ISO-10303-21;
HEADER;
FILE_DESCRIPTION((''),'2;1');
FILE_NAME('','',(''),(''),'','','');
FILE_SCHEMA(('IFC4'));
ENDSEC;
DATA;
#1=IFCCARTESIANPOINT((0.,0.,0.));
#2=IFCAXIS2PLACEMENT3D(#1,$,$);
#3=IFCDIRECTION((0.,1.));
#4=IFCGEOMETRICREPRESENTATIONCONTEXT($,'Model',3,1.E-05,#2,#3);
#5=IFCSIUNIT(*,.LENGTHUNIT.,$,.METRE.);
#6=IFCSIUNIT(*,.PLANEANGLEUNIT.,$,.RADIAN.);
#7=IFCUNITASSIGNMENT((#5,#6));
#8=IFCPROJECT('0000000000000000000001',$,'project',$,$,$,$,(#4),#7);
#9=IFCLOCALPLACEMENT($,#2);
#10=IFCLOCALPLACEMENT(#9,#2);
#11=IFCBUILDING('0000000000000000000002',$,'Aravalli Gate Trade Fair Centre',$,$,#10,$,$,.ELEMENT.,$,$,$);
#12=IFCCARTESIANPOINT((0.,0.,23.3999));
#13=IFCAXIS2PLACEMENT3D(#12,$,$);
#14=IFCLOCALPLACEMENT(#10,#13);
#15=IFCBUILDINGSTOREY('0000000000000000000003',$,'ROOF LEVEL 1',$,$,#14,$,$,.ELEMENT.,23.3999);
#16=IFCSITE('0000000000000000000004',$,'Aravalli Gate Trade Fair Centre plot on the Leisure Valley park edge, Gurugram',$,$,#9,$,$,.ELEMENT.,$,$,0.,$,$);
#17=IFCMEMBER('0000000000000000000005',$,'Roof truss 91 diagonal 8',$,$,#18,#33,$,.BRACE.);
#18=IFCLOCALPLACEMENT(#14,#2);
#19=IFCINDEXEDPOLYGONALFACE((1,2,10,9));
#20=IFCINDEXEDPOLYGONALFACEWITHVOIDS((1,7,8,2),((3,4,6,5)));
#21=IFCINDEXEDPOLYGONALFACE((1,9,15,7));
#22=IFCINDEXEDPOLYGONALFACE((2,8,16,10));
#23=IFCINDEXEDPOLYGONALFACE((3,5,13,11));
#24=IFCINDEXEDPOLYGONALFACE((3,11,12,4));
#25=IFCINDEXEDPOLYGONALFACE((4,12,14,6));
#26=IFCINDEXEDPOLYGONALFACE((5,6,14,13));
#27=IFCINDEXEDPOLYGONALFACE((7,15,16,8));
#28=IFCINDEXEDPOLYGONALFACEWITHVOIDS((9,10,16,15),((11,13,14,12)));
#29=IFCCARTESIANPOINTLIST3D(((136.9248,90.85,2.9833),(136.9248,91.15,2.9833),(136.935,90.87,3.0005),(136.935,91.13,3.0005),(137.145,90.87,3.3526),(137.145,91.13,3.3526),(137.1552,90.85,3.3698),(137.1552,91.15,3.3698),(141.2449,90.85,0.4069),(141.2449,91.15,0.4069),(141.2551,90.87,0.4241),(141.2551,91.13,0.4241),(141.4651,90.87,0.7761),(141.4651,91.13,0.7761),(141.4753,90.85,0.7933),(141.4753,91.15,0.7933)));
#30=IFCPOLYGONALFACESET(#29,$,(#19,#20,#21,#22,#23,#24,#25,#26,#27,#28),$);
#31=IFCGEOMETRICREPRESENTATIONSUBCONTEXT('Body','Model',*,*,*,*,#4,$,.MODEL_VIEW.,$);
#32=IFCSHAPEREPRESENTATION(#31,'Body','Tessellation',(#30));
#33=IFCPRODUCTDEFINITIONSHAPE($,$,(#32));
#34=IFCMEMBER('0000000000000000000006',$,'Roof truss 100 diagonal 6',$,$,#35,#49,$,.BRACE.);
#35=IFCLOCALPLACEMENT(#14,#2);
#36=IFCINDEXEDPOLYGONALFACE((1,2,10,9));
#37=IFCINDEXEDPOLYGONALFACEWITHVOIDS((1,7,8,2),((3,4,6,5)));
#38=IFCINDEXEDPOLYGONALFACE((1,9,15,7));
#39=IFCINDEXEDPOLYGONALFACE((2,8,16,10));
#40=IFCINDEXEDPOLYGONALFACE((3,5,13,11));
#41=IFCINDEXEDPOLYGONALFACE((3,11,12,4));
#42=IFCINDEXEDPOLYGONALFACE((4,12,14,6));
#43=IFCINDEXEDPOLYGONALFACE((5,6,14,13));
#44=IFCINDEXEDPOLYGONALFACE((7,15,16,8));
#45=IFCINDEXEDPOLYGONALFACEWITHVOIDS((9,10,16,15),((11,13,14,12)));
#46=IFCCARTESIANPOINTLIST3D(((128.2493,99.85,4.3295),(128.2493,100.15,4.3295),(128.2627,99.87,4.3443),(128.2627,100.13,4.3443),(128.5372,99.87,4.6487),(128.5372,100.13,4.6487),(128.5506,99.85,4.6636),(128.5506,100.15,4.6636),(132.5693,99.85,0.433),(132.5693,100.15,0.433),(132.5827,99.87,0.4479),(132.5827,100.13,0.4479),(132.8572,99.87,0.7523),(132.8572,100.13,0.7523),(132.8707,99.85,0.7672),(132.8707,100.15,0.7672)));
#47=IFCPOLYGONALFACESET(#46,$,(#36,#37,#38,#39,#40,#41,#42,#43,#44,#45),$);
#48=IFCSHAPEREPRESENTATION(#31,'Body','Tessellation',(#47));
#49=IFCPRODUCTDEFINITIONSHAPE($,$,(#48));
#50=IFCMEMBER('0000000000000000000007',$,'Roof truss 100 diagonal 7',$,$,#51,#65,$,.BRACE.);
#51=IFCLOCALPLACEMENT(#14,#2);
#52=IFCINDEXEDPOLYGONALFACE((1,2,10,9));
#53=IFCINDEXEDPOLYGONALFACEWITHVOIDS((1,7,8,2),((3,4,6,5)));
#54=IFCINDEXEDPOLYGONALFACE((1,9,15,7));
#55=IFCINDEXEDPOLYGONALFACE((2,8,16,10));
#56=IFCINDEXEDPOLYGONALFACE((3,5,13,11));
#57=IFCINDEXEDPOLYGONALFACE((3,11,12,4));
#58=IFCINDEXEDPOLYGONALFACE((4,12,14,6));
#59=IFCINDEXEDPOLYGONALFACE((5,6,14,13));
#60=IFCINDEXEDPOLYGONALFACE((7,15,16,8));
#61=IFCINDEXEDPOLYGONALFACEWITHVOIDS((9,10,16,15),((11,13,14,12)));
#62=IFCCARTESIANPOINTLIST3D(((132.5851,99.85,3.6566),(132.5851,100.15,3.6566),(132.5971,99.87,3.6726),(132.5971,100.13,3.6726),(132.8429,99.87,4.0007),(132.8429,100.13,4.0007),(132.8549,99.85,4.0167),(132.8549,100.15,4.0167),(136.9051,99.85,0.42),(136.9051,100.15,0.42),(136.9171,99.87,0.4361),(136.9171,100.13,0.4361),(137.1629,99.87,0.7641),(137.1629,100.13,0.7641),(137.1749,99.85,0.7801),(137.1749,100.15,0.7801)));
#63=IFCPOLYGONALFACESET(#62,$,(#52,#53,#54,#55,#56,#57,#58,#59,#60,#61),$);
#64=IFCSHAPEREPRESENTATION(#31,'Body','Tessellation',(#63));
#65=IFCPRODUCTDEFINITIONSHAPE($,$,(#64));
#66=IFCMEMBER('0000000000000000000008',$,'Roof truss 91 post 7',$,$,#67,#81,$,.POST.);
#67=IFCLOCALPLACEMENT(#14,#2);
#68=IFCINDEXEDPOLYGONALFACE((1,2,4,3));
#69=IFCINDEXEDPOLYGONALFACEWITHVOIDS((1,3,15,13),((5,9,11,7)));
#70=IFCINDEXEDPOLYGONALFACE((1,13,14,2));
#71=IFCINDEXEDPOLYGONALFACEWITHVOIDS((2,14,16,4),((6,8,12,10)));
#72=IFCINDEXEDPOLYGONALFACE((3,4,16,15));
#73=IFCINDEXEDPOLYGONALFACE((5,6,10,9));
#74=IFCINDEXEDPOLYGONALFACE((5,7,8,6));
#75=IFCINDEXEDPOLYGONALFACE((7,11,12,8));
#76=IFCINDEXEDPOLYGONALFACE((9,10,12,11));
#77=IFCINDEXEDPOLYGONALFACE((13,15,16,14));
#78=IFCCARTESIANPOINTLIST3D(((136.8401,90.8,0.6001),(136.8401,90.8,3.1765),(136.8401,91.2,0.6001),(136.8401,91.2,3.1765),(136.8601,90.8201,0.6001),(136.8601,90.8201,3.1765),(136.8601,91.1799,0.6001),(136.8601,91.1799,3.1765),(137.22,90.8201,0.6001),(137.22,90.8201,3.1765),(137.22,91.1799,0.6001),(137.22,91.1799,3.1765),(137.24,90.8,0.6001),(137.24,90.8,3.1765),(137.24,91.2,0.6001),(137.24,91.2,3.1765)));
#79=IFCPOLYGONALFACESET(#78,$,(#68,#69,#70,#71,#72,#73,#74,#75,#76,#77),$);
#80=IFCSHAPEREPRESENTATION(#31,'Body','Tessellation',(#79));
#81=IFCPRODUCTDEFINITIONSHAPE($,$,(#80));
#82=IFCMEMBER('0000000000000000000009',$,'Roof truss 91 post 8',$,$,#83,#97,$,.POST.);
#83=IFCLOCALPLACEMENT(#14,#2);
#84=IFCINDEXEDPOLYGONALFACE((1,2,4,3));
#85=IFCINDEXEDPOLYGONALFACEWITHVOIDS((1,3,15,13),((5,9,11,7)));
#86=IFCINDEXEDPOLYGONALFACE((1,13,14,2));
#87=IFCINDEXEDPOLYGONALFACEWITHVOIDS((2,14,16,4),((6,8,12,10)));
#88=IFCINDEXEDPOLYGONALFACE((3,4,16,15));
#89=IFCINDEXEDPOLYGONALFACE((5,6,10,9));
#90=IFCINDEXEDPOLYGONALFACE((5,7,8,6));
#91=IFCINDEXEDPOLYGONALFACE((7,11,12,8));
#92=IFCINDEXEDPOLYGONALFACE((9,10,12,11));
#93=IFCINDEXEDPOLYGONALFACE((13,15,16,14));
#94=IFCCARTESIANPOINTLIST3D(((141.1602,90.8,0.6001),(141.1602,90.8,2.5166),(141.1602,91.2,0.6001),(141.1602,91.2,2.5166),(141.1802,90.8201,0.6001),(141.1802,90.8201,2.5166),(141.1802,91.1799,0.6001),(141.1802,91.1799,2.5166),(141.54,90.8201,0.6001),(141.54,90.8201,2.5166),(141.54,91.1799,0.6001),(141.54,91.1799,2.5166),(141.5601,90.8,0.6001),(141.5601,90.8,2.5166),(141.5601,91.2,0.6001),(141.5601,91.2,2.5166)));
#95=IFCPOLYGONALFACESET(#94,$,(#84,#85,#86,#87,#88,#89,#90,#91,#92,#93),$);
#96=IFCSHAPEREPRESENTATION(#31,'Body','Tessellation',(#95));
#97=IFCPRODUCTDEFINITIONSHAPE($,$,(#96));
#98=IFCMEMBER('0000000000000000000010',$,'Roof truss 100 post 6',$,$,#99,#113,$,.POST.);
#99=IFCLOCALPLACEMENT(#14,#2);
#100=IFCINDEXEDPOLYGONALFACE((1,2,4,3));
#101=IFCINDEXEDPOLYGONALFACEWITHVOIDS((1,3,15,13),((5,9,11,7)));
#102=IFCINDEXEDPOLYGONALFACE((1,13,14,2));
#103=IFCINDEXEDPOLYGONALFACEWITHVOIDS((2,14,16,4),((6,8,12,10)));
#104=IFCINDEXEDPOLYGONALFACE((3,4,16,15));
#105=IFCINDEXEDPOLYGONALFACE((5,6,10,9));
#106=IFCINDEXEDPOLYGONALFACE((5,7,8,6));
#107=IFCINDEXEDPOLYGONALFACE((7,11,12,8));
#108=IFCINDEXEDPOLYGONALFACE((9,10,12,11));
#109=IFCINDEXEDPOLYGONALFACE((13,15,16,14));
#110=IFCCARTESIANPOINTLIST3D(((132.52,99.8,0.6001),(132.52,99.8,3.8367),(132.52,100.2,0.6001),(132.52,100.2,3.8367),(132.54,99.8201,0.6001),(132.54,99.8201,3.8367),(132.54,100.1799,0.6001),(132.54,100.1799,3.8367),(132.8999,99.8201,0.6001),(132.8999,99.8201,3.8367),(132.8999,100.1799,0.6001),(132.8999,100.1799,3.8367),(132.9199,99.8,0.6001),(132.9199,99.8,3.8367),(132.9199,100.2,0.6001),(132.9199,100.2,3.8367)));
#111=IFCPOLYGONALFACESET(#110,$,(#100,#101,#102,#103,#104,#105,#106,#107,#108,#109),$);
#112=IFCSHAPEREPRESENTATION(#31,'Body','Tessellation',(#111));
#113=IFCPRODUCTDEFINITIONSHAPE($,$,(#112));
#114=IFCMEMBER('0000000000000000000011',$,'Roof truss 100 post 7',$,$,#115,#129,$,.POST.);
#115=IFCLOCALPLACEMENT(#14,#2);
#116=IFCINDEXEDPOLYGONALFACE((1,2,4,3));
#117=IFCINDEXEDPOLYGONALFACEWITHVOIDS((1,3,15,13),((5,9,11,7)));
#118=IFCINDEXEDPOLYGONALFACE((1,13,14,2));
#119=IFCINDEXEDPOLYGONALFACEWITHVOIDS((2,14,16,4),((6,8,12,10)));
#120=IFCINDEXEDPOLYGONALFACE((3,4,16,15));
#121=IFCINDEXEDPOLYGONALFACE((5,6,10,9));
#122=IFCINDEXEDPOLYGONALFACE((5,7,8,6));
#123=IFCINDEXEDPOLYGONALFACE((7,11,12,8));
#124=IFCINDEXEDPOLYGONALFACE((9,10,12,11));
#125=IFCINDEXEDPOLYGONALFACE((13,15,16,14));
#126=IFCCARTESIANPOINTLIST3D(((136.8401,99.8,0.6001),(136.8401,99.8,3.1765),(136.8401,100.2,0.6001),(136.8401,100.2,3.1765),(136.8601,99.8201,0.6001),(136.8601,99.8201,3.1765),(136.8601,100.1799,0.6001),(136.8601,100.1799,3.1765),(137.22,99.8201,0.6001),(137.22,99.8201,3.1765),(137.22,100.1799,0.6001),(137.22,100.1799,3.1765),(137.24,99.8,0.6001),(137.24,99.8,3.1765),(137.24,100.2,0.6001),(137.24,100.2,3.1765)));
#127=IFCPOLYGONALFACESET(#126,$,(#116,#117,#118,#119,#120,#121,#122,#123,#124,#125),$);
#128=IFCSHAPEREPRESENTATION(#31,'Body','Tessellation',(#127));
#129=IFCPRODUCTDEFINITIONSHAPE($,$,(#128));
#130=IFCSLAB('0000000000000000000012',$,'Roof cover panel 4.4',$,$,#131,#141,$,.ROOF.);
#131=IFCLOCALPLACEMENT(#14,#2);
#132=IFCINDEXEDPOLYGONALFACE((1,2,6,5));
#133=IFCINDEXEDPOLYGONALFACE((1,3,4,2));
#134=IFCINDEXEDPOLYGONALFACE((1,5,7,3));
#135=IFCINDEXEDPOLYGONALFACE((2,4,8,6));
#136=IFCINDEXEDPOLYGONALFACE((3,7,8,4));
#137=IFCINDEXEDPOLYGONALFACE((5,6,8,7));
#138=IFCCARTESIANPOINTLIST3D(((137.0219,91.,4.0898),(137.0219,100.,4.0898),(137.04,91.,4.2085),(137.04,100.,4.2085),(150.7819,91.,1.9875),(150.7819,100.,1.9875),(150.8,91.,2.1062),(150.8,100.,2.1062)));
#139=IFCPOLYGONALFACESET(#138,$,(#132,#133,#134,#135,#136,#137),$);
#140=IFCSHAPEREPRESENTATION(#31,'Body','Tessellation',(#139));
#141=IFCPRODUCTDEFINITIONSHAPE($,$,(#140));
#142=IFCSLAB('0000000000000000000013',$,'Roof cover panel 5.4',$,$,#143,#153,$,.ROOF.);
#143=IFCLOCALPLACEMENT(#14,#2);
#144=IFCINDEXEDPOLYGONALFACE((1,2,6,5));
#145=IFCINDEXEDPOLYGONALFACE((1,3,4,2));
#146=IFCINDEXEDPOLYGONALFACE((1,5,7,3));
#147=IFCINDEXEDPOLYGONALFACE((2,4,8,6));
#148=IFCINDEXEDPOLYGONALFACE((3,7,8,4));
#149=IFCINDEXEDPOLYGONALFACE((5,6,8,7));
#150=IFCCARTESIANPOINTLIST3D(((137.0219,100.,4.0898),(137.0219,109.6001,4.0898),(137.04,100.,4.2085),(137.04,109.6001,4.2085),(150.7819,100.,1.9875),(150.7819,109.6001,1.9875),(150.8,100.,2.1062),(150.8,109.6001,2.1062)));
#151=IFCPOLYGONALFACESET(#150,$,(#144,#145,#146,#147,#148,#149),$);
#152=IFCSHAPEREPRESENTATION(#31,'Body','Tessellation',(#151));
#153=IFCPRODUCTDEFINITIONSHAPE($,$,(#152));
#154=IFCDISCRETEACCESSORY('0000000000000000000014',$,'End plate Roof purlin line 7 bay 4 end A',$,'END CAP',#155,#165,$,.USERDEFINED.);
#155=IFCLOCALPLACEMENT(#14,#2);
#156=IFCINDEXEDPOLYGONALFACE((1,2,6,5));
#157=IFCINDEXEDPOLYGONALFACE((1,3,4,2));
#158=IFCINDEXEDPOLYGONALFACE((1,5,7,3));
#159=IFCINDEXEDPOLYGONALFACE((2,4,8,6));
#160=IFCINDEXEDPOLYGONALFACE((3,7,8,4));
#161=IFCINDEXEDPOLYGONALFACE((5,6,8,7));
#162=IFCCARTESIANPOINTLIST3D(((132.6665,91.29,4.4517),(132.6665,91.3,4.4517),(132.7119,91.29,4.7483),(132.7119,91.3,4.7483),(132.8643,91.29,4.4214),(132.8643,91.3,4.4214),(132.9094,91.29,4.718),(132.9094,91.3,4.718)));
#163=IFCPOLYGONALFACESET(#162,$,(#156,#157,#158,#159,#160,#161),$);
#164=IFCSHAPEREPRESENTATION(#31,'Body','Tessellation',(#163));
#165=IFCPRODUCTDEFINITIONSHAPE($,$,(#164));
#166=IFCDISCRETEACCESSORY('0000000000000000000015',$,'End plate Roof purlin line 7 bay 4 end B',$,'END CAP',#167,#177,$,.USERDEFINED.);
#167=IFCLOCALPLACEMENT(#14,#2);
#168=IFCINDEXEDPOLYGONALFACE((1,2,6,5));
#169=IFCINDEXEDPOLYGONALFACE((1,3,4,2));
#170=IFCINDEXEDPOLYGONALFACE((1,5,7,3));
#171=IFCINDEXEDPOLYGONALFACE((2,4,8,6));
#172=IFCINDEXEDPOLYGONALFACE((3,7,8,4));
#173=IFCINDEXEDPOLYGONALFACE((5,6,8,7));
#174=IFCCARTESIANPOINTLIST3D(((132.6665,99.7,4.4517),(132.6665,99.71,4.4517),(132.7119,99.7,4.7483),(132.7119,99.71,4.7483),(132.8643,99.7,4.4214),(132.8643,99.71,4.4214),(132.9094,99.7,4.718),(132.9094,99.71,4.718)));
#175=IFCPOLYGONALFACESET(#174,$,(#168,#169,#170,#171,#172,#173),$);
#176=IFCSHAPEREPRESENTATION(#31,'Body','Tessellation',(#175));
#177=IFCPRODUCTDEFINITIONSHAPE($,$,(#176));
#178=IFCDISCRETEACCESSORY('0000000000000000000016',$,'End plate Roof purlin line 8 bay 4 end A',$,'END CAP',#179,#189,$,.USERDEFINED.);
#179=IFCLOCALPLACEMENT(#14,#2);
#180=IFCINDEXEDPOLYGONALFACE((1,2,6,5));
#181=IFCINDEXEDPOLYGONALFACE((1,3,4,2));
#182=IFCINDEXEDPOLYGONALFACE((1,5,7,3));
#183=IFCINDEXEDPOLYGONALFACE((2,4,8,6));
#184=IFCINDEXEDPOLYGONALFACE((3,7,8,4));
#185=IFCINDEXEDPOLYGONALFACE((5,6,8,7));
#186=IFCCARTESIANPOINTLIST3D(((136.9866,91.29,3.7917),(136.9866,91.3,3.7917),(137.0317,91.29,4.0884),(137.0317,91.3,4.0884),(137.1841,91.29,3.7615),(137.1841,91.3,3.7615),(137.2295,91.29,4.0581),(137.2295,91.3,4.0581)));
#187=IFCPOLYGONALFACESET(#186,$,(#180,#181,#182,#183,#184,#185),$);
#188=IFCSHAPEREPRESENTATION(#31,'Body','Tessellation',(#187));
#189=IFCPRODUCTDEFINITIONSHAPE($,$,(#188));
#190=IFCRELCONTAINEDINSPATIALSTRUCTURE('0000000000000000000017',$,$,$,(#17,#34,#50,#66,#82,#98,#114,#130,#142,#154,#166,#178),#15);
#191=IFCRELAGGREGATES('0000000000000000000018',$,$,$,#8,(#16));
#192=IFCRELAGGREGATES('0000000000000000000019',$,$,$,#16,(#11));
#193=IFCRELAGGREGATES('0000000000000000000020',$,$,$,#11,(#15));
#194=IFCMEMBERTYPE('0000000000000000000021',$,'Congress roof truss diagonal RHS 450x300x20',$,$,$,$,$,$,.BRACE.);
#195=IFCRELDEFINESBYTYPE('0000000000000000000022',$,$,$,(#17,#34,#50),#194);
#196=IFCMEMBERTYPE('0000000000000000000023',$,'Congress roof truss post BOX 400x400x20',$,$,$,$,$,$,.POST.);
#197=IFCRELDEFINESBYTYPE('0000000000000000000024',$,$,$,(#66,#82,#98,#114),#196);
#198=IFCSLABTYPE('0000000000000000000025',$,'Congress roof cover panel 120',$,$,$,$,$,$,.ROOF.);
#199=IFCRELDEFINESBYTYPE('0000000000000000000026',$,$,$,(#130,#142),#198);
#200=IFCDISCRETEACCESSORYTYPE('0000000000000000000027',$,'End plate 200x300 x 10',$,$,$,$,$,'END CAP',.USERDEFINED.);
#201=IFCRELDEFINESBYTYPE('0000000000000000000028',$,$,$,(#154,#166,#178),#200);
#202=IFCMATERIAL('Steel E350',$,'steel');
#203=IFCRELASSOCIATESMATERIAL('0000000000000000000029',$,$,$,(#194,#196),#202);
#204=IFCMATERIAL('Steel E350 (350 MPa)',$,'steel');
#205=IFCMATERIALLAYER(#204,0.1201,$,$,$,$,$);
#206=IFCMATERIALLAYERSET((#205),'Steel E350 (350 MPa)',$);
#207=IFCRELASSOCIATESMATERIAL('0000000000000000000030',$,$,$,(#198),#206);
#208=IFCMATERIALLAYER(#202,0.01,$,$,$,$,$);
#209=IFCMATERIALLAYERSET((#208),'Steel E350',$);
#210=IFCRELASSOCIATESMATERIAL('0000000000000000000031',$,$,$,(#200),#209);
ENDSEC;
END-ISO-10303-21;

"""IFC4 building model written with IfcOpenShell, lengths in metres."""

from ifc_helpers import new_model, si_unit, direction, frame, origin, origin_2d, place, context, subcontext, project, spatial, polyline, hollow_rectangle, outline, extrude, material, layer, layer_set, material_profile, profile_set, type_object, element, save


model = new_model("IFC4")

# Units and contexts
model_context = context("Model", 3, precision=1e-05, world=origin(), true_north=direction((0.0, 1.0)))
body_context = subcontext(model_context, "Body", "Model", "MODEL_VIEW")
ifc_project = project(units=[si_unit("LENGTHUNIT", "METRE"), si_unit("PLANEANGLEUNIT", "RADIAN")], contexts=[model_context])

# Site, building, storey
site_placement = place(None, origin())
site = spatial("IfcSite", under=ifc_project, at=site_placement, Name="Aravalli Gate Trade Fair Centre plot on the Leisure Valley park edge, Gurugram", CompositionType="ELEMENT", RefElevation=0.0)
building_placement = place(site_placement, origin())
building = spatial("IfcBuilding", under=site, at=building_placement, Name="Aravalli Gate Trade Fair Centre", CompositionType="ELEMENT")
storey_placement = place(building_placement, frame((0.0, 0.0, 23.3999)))
storey = spatial("IfcBuildingStorey", under=building, at=storey_placement, Name="ROOF LEVEL 1", CompositionType="ELEMENT", Elevation=23.3999)

# Members
ifc_material_1 = material(Name="Steel E350", Category="steel")
ifc_material_profile_1 = material_profile(ifc_material_1, hollow_rectangle(XDim=0.3, YDim=0.45, WallThickness=0.02, at=origin_2d()), Name="RHS 450x300x20")
ifc_profile_set_1 = profile_set([ifc_material_profile_1], Name="Steel E350")
member_type_1 = type_object("IfcMemberType", Name="Congress roof truss diagonal RHS 450x300x20", PredefinedType="BRACE", material=ifc_profile_set_1)
member_1_placement = place(storey_placement, frame((141.3601, 91.0, 0.6001), z_axis=(-0.85886, 0.0, 0.51221), x_axis=(0.0, -1.0, 0.0)))
element("IfcMember", 1, at=member_1_placement, inside=storey, type_object=member_type_1, Name="Roof truss 91 diagonal 8", PredefinedType="BRACE", context=body_context, shape_type="SweptSolid", body=[
    extrude(hollow_rectangle(XDim=0.3, YDim=0.45, WallThickness=0.02, at=origin_2d()), origin(), (0.0, 0.0, 1.0), 5.03),
])
member_2_placement = place(storey_placement, frame((132.72, 100.0, 0.6001), z_axis=(-0.742574, 0.0, 0.669764), x_axis=(0.0, -1.0, 0.0)))
element("IfcMember", 2, at=member_2_placement, inside=storey, type_object=member_type_1, Name="Roof truss 100 diagonal 6", PredefinedType="BRACE", context=body_context, shape_type="SweptSolid", body=[
    extrude(hollow_rectangle(XDim=0.3, YDim=0.45, WallThickness=0.02, at=origin_2d()), origin(), (0.0, 0.0, 1.0), 5.8176),
])
member_3_placement = place(storey_placement, frame((137.04, 100.0, 0.6001), z_axis=(-0.800309, 0.0, 0.599587), x_axis=(0.0, -1.0, 0.0)))
element("IfcMember", 3, at=member_3_placement, inside=storey, type_object=member_type_1, Name="Roof truss 100 diagonal 7", PredefinedType="BRACE", context=body_context, shape_type="SweptSolid", body=[
    extrude(hollow_rectangle(XDim=0.3, YDim=0.45, WallThickness=0.02, at=origin_2d()), origin(), (0.0, 0.0, 1.0), 5.3979),
])
ifc_material_profile_2 = material_profile(ifc_material_1, hollow_rectangle(XDim=0.3999, YDim=0.3999, WallThickness=0.02, at=origin_2d()), Name="BOX 400x400x20")
ifc_profile_set_2 = profile_set([ifc_material_profile_2], Name="Steel E350")
member_type_2 = type_object("IfcMemberType", Name="Congress roof truss post BOX 400x400x20", PredefinedType="POST", material=ifc_profile_set_2)
member_4_placement = place(storey_placement, frame((137.04, 91.0, 0.6001), z_axis=(0.0, 0.0, 1.0), x_axis=(1.0, 0.0, 0.0)))
element("IfcMember", 4, at=member_4_placement, inside=storey, type_object=member_type_2, Name="Roof truss 91 post 7", PredefinedType="POST", context=body_context, shape_type="SweptSolid", body=[
    extrude(hollow_rectangle(XDim=0.3999, YDim=0.3999, WallThickness=0.02, at=origin_2d()), origin(), (0.0, 0.0, 1.0), 2.5764),
])
member_5_placement = place(storey_placement, frame((141.3601, 91.0, 0.6001), z_axis=(0.0, 0.0, 1.0), x_axis=(1.0, 0.0, 0.0)))
element("IfcMember", 5, at=member_5_placement, inside=storey, type_object=member_type_2, Name="Roof truss 91 post 8", PredefinedType="POST", context=body_context, shape_type="SweptSolid", body=[
    extrude(hollow_rectangle(XDim=0.3999, YDim=0.3999, WallThickness=0.02, at=origin_2d()), origin(), (0.0, 0.0, 1.0), 1.9165),
])
member_6_placement = place(storey_placement, frame((132.72, 100.0, 0.6001), z_axis=(0.0, 0.0, 1.0), x_axis=(1.0, 0.0, 0.0)))
element("IfcMember", 6, at=member_6_placement, inside=storey, type_object=member_type_2, Name="Roof truss 100 post 6", PredefinedType="POST", context=body_context, shape_type="SweptSolid", body=[
    extrude(hollow_rectangle(XDim=0.3999, YDim=0.3999, WallThickness=0.02, at=origin_2d()), origin(), (0.0, 0.0, 1.0), 3.2366),
])
member_7_placement = place(storey_placement, frame((137.04, 100.0, 0.6001), z_axis=(0.0, 0.0, 1.0), x_axis=(1.0, 0.0, 0.0)))
element("IfcMember", 7, at=member_7_placement, inside=storey, type_object=member_type_2, Name="Roof truss 100 post 7", PredefinedType="POST", context=body_context, shape_type="SweptSolid", body=[
    extrude(hollow_rectangle(XDim=0.3999, YDim=0.3999, WallThickness=0.02, at=origin_2d()), origin(), (0.0, 0.0, 1.0), 2.5764),
])

# Slabs
ifc_material_2 = material(Name="Steel E350 (350 MPa)", Category="steel")
ifc_layer_1 = layer(ifc_material_2, 0.1201)
ifc_layer_set_1 = layer_set([ifc_layer_1], Name="Steel E350 (350 MPa)")
slab_type = type_object("IfcSlabType", Name="Congress roof cover panel 120", PredefinedType="ROOF", material=ifc_layer_set_1)
slab_1_placement = place(storey_placement, frame((137.04, 91.0, 4.2085), z_axis=(0.15103, 0.0, 0.988529), x_axis=(0.988529, 0.0, -0.15103)))
element("IfcSlab", 8, at=slab_1_placement, inside=storey, type_object=slab_type, Name="Roof cover panel 4.4", PredefinedType="ROOF", context=body_context, shape_type="SweptSolid", body=[
    extrude(outline(polyline([(0.0, 0.0), (13.9197, 0.0), (13.9197, 9.0), (0.0, 9.0), (0.0, 0.0)])), origin(), (0.0, 0.0, -1.0), 0.1201),
])
slab_2_placement = place(storey_placement, frame((137.04, 100.0, 4.2085), z_axis=(0.15103, 0.0, 0.988529), x_axis=(0.988529, 0.0, -0.15103)))
element("IfcSlab", 9, at=slab_2_placement, inside=storey, type_object=slab_type, Name="Roof cover panel 5.4", PredefinedType="ROOF", context=body_context, shape_type="SweptSolid", body=[
    extrude(outline(polyline([(0.0, 0.0), (13.9197, 0.0), (13.9197, 9.6001), (0.0, 9.6001), (0.0, 0.0)])), origin(), (0.0, 0.0, -1.0), 0.1201),
])

# Discrete accessories
ifc_layer_2 = layer(ifc_material_1, 0.01)
ifc_layer_set_2 = layer_set([ifc_layer_2], Name="Steel E350")
discrete_accessory_type_1 = type_object("IfcDiscreteAccessoryType", Name="End plate 200x300 x 10", ElementType="END CAP", PredefinedType="USERDEFINED", material=ifc_layer_set_2)
for number, where, z_axis, x_axis, name in (
    (10, (132.8643, 91.3, 4.4214), (0.0, 1.0, 0.0), (-0.988484, 0.0, 0.151324), "End plate Roof purlin line 7 bay 4 end A"),
    (11, (132.8643, 99.71, 4.4214), (0.0, 1.0, 0.0), (-0.988484, 0.0, 0.151324), "End plate Roof purlin line 7 bay 4 end B"),
):
    element("IfcDiscreteAccessory", number, at=place(storey_placement, frame(where, z_axis=z_axis, x_axis=x_axis)), inside=storey, type_object=discrete_accessory_type_1, Name=name, ObjectType="END CAP", PredefinedType="USERDEFINED", context=body_context, shape_type="SweptSolid", body=[
        extrude(outline(polyline([(0.0, 0.0), (0.2001, 0.0), (0.2001, 0.3001), (0.0002, 0.3), (0.0, 0.0)])), origin(), (0.0, 0.0, -1.0), 0.01),
    ])
for number, where, z_axis, x_axis, name in (
    (12, (137.1841, 91.3, 3.7615), (0.0, 1.0, 0.0), (-0.988456, 0.0, 0.151506), "End plate Roof purlin line 8 bay 4 end A"),
):
    element("IfcDiscreteAccessory", number, at=place(storey_placement, frame(where, z_axis=z_axis, x_axis=x_axis)), inside=storey, type_object=discrete_accessory_type_1, Name=name, ObjectType="END CAP", PredefinedType="USERDEFINED", context=body_context, shape_type="SweptSolid", body=[
        extrude(outline(polyline([(0.0, 0.0), (0.1998, 0.0), (0.2001, 0.3), (0.0001, 0.3001), (0.0, 0.0)])), origin(), (0.0, 0.0, -1.0), 0.01),
    ])

save(model, "model.ifc")
